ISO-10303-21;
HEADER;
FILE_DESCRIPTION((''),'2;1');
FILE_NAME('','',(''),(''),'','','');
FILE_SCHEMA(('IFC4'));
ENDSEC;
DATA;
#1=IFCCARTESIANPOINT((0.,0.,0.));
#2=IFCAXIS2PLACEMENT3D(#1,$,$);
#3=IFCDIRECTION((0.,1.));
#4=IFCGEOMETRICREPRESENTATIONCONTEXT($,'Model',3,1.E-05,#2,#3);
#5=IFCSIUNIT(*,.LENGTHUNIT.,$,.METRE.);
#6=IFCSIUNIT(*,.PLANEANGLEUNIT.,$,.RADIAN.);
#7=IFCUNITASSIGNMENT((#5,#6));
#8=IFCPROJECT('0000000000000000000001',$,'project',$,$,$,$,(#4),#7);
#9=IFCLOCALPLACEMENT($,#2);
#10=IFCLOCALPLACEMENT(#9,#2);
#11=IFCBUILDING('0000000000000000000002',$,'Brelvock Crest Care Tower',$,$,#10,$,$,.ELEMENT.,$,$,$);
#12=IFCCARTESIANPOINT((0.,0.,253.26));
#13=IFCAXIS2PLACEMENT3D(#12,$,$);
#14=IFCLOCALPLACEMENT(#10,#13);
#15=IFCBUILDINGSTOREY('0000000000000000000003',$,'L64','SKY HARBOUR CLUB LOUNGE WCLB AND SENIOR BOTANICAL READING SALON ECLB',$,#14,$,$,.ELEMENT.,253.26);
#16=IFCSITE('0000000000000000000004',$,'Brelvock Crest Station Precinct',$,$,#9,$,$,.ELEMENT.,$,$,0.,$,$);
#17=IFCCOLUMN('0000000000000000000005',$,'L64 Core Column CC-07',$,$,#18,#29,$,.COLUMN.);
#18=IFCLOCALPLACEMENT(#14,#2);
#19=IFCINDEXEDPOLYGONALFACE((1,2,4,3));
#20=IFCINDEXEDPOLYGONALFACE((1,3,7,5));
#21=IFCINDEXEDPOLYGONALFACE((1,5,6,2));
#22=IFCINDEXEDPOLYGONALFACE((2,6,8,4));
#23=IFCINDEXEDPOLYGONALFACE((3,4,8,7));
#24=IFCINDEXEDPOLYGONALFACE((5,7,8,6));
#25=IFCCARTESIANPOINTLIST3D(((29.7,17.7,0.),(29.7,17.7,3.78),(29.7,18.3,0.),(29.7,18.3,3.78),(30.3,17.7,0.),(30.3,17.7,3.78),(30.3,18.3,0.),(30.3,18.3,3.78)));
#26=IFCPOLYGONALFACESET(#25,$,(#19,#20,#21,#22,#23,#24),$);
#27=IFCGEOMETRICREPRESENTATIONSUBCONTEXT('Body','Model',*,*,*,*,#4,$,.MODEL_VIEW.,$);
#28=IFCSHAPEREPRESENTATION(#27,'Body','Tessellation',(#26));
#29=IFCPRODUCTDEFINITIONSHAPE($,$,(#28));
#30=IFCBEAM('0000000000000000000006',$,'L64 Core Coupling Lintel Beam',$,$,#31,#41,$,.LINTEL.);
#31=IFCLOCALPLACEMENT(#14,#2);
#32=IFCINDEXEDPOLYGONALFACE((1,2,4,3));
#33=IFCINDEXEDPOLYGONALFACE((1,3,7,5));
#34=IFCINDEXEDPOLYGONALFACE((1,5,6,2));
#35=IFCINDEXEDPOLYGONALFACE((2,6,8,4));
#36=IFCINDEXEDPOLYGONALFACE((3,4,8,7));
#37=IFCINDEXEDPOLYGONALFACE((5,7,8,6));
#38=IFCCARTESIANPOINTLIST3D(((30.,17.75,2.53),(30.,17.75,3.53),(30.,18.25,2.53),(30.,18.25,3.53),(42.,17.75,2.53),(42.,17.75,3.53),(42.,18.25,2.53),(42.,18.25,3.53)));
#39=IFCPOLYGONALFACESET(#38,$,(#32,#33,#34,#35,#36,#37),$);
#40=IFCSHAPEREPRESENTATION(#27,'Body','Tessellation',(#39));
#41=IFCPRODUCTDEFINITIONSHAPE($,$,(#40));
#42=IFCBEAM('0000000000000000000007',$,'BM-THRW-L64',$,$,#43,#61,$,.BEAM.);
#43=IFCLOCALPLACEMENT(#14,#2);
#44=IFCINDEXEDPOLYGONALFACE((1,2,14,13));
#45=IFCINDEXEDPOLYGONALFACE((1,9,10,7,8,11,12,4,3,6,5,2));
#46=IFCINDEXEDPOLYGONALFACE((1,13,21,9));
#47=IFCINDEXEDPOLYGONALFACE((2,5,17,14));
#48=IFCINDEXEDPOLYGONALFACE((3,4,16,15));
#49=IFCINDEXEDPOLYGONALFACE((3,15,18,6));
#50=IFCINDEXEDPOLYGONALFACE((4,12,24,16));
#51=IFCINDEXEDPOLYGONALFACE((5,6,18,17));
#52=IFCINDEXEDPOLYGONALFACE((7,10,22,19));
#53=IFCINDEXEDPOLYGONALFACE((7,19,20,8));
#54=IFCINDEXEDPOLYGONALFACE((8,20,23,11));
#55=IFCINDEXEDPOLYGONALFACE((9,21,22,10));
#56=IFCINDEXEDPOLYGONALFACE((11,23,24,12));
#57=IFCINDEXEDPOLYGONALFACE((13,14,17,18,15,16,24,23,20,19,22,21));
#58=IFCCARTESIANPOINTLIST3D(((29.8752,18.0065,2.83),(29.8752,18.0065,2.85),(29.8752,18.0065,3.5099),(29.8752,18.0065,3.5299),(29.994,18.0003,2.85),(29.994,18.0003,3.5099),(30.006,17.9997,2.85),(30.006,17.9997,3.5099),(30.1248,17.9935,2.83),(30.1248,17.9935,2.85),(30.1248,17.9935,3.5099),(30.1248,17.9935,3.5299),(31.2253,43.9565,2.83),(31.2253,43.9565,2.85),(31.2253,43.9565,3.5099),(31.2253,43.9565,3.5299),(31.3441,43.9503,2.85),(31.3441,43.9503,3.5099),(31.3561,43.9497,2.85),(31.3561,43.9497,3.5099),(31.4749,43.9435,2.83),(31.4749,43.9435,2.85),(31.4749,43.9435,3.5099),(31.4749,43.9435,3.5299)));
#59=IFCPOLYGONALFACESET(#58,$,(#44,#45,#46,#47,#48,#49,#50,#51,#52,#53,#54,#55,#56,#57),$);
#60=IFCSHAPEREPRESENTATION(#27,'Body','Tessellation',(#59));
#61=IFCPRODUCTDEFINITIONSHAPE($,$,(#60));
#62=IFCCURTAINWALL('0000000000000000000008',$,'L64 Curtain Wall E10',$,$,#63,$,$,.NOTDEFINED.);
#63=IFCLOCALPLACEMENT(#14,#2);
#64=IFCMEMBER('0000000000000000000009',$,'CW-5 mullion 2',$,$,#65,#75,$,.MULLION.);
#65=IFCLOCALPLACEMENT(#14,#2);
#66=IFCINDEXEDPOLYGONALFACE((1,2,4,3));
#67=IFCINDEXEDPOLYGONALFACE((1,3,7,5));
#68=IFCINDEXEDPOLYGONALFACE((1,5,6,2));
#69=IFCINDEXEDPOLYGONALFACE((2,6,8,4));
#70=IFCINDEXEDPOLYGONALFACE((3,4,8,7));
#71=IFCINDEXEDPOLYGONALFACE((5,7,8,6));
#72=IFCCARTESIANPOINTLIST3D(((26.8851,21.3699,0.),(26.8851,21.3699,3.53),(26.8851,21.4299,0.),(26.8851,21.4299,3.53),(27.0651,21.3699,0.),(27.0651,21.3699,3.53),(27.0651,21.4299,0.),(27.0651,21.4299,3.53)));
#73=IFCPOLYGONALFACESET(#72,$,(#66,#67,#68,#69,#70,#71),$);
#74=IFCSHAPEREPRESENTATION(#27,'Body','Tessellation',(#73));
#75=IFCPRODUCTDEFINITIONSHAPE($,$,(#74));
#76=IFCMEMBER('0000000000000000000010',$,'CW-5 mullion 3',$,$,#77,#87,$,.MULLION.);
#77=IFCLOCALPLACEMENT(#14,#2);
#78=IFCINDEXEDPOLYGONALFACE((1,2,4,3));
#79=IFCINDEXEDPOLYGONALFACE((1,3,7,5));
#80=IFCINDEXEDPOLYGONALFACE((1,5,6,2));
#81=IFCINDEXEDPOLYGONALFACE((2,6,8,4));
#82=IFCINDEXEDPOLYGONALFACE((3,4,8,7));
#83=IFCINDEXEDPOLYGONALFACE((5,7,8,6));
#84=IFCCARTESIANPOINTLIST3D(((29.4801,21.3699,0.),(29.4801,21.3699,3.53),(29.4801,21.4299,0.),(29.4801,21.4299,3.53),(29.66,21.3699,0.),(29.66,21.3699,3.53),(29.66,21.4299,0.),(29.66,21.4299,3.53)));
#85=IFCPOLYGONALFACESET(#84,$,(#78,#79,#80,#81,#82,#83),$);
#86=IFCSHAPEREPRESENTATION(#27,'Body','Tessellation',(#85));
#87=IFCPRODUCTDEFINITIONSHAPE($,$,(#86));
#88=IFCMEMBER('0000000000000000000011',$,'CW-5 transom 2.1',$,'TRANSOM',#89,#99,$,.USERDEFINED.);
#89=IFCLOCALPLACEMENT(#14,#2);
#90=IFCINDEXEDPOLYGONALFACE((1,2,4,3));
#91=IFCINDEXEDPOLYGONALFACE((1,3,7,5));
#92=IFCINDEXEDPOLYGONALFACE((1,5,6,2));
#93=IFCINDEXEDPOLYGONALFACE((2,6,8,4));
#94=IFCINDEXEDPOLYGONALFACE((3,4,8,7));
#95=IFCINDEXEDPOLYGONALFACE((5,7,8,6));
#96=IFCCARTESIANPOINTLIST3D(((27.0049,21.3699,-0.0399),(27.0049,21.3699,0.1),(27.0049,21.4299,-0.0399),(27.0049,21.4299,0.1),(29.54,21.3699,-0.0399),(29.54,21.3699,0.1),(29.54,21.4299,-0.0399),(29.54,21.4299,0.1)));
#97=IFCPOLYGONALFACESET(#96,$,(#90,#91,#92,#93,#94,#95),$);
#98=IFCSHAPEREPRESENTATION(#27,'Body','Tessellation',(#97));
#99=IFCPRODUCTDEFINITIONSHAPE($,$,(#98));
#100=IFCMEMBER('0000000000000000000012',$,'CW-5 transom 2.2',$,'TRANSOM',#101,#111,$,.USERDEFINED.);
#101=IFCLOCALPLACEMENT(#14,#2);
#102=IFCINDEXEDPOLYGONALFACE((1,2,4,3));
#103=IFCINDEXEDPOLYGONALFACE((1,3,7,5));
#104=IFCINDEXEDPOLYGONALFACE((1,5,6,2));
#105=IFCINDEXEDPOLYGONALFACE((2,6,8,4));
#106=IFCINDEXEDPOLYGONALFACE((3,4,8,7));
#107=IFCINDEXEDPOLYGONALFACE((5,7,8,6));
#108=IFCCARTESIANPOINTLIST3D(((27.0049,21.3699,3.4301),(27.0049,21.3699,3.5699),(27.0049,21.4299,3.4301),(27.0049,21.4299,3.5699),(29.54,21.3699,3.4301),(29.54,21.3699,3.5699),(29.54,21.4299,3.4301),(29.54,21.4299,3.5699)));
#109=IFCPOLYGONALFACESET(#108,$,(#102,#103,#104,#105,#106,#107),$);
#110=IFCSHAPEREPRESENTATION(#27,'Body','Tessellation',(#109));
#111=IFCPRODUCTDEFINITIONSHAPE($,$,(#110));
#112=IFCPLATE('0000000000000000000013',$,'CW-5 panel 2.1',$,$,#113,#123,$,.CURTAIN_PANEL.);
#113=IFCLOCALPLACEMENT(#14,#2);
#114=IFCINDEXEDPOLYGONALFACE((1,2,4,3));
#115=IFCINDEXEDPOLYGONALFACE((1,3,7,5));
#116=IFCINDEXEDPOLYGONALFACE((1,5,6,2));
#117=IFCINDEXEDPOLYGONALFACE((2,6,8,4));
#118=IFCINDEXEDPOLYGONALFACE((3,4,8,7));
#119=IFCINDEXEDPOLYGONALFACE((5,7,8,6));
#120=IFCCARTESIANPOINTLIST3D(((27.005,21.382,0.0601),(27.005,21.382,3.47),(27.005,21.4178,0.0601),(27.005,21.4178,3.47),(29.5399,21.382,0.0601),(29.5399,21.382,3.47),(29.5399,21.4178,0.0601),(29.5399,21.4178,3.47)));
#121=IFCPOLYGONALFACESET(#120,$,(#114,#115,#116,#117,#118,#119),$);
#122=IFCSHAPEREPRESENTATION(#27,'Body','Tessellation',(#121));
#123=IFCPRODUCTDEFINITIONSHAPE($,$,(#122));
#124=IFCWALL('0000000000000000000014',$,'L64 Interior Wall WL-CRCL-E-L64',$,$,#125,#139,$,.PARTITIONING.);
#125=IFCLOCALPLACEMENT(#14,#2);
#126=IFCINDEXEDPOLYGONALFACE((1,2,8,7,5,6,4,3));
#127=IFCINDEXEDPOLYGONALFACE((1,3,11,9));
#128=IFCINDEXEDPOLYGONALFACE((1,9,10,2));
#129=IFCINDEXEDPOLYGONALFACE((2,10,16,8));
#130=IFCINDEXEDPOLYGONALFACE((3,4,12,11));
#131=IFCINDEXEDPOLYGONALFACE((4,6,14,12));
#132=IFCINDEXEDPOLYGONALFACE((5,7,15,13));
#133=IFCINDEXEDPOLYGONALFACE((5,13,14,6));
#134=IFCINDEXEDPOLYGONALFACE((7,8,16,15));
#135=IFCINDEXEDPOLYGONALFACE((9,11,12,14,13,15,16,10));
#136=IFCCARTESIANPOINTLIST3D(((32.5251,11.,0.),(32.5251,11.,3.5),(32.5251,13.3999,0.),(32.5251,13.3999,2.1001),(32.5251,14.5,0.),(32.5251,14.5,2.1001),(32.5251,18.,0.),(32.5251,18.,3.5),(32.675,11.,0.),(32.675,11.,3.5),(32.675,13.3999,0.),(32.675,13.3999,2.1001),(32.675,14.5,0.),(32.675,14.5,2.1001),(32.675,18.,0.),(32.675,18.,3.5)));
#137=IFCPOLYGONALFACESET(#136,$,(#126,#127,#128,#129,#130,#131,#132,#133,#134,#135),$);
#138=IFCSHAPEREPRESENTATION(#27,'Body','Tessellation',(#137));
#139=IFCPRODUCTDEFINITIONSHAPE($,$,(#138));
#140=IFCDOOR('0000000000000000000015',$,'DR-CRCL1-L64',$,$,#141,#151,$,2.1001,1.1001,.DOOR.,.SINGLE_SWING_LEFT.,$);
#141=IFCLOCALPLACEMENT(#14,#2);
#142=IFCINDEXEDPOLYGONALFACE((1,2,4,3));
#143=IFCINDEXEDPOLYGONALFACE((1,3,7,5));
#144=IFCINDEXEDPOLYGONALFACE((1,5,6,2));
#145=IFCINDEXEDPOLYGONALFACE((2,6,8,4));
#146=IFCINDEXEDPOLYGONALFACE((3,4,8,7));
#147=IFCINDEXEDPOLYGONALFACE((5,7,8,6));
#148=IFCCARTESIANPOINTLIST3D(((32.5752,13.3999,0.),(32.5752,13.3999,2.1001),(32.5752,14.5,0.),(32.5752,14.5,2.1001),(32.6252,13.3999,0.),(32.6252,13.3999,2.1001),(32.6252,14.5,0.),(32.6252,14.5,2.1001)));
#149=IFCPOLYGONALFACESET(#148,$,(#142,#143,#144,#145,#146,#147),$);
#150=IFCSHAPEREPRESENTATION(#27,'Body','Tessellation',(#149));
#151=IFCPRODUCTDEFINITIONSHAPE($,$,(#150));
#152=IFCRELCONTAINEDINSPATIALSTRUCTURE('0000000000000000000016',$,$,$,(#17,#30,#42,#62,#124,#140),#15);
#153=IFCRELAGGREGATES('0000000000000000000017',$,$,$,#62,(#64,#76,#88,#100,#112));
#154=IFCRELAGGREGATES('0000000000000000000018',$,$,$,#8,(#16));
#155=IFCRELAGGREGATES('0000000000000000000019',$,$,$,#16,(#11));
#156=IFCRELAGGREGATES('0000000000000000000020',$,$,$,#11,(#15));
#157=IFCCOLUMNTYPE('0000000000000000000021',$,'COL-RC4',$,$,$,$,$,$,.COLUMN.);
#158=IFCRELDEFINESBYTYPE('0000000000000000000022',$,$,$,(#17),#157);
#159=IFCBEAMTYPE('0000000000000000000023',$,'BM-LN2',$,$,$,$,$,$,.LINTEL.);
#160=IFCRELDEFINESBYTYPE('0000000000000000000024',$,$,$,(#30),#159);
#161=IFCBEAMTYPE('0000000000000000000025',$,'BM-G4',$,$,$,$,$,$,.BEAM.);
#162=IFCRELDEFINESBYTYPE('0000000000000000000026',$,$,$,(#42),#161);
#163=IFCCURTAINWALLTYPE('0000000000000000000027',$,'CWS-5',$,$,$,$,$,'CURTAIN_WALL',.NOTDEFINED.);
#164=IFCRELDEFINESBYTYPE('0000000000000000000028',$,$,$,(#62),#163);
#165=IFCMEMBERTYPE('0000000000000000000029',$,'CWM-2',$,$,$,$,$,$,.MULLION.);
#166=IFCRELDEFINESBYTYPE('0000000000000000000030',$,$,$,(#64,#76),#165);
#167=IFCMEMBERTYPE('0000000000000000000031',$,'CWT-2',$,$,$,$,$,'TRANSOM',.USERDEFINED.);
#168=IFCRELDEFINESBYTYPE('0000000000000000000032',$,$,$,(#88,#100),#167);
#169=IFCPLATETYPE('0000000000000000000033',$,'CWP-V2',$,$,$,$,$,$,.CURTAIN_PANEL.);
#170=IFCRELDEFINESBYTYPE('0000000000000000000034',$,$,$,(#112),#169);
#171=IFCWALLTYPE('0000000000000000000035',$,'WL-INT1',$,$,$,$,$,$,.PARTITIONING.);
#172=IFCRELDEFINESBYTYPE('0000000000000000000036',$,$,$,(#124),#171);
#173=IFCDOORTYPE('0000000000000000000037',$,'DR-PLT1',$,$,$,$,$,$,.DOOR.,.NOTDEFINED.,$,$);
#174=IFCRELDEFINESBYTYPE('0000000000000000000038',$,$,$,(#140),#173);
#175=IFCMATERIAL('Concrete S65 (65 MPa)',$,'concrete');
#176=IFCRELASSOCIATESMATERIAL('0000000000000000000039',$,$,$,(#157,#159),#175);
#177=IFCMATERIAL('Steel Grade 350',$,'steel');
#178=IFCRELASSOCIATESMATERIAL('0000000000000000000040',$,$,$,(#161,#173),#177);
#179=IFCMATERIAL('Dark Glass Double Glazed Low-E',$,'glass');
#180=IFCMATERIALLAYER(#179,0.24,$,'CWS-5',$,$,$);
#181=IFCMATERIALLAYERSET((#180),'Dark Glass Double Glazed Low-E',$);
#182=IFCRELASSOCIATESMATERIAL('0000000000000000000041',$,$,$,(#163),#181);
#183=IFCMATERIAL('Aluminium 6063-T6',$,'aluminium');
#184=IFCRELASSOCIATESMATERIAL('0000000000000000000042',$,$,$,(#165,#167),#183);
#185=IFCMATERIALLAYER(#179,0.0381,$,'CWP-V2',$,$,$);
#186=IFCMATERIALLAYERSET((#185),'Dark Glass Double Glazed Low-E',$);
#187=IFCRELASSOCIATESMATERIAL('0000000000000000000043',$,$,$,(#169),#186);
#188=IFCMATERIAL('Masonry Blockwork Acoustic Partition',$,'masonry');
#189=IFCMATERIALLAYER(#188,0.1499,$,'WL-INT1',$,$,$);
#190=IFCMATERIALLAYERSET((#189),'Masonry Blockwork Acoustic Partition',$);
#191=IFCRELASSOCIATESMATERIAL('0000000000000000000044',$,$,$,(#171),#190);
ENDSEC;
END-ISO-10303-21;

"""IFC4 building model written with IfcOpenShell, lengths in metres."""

from ifc_helpers import new_model, si_unit, direction, frame, frame_2d, origin, origin_2d, place, context, subcontext, project, spatial, rectangle, i_section, extrude, source, transform, mapped, material, layer, layer_set, material_profile, profile_set, type_object, element, fill, aggregate, save


model = new_model("IFC4")

# Units and contexts
model_context = context("Model", 3, precision=1e-05, world=origin(), true_north=direction((0.0, 1.0)))
body_context = subcontext(model_context, "Body", "Model", "MODEL_VIEW")
ifc_project = project(units=[si_unit("LENGTHUNIT", "METRE"), si_unit("PLANEANGLEUNIT", "RADIAN")], contexts=[model_context])

# Site, building, storey
site_placement = place(None, origin())
site = spatial("IfcSite", under=ifc_project, at=site_placement, Name="Brelvock Crest Station Precinct", CompositionType="ELEMENT", RefElevation=0.0)
building_placement = place(site_placement, origin())
building = spatial("IfcBuilding", under=site, at=building_placement, Name="Brelvock Crest Care Tower", CompositionType="ELEMENT")
storey_placement = place(building_placement, frame((0.0, 0.0, 253.26)))
storey = spatial("IfcBuildingStorey", under=building, at=storey_placement, Name="L64", Description="SKY HARBOUR CLUB LOUNGE WCLB AND SENIOR BOTANICAL READING SALON ECLB", CompositionType="ELEMENT", Elevation=253.26)

# Column
ifc_material_1 = material(Name="Concrete S65 (65 MPa)", Category="concrete")
ifc_material_profile_1 = material_profile(ifc_material_1, rectangle(XDim=0.6001, YDim=0.6001, at=origin_2d()), Name="RC600x600")
ifc_profile_set_1 = profile_set([ifc_material_profile_1], Name="Concrete S65 (65 MPa)")
column_type = type_object("IfcColumnType", Name="COL-RC4", PredefinedType="COLUMN", material=ifc_profile_set_1)
shared_shape_1 = source(origin(), body_context, "Body", "SweptSolid", [
    extrude(rectangle(XDim=0.6001, YDim=0.6001, at=origin_2d()), origin(), (0.0, 0.0, 1.0), 3.78),
])
column_placement = place(storey_placement, frame((30.0, 18.0, 0.0), z_axis=(0.0, 0.0, 1.0), x_axis=(1.0, 0.0, 0.0)))
element("IfcColumn", 1, at=column_placement, inside=storey, type_object=column_type, Name="L64 Core Column CC-07", PredefinedType="COLUMN", context=body_context, shape_type="MappedRepresentation", body=[
    mapped(shared_shape_1, transform((0.0, 0.0, 0.0), x_axis=(1.0, 0.0, 0.0), y_axis=(0.0, 1.0, 0.0), z_axis=(0.0, 0.0, 1.0), scale=1.0)),
])

# Beams
ifc_material_profile_2 = material_profile(ifc_material_1, rectangle(XDim=0.5, YDim=1.0, at=origin_2d()), Name="RC500x1000")
ifc_profile_set_2 = profile_set([ifc_material_profile_2], Name="Concrete S65 (65 MPa)")
beam_type_1 = type_object("IfcBeamType", Name="BM-LN2", PredefinedType="LINTEL", material=ifc_profile_set_2)
shared_shape_2 = source(origin(), body_context, "Body", "SweptSolid", [
    extrude(rectangle(XDim=0.5, YDim=1.0, at=origin_2d()), origin(), (0.0, 0.0, 1.0), 12.0),
])
beam_1_placement = place(storey_placement, frame((30.0, 18.0, 3.03), z_axis=(1.0, 0.0, 0.0), x_axis=(0.0, 1.0, 0.0)))
element("IfcBeam", 2, at=beam_1_placement, inside=storey, type_object=beam_type_1, Name="L64 Core Coupling Lintel Beam", PredefinedType="LINTEL", context=body_context, shape_type="MappedRepresentation", body=[
    mapped(shared_shape_2, transform((0.0, 0.0, 0.0), x_axis=(1.0, 0.0, 0.0), y_axis=(0.0, 1.0, 0.0), z_axis=(0.0, 0.0, 1.0), scale=1.0)),
])
ifc_material_2 = material(Name="Steel Grade 350", Category="steel")
ifc_material_profile_3 = material_profile(ifc_material_2, i_section(OverallWidth=0.25, OverallDepth=0.7, WebThickness=0.012, FlangeThickness=0.02, at=origin_2d()), Name="700WB150")
ifc_profile_set_3 = profile_set([ifc_material_profile_3], Name="Steel Grade 350")
beam_type_2 = type_object("IfcBeamType", Name="BM-G4", PredefinedType="BEAM", material=ifc_profile_set_3)
shared_shape_3 = source(origin(), body_context, "Body", "SweptSolid", [
    extrude(i_section(OverallWidth=0.25, OverallDepth=0.7, WebThickness=0.012, FlangeThickness=0.02, at=origin_2d()), origin(), (0.0, 0.0, 1.0), 25.9851),
])
beam_2_placement = place(storey_placement, frame((30.0, 18.0, 3.1799), z_axis=(0.051957, 0.998649, 0.0), x_axis=(-0.998649, 0.051957, 0.0)))
element("IfcBeam", 3, at=beam_2_placement, inside=storey, type_object=beam_type_2, Name="BM-THRW-L64", PredefinedType="BEAM", context=body_context, shape_type="MappedRepresentation", body=[
    mapped(shared_shape_3, transform((0.0, 0.0, 0.0), x_axis=(1.0, 0.0, 0.0), y_axis=(0.0, 1.0, 0.0), z_axis=(0.0, 0.0, 1.0), scale=1.0)),
])

# Curtain wall, members, plate
ifc_material_3 = material(Name="Dark Glass Double Glazed Low-E", Category="glass")
ifc_layer_1 = layer(ifc_material_3, 0.24, Name="CWS-5")
ifc_layer_set_1 = layer_set([ifc_layer_1], Name="Dark Glass Double Glazed Low-E")
curtain_wall_type = type_object("IfcCurtainWallType", Name="CWS-5", ElementType="CURTAIN_WALL", PredefinedType="NOTDEFINED", material=ifc_layer_set_1)
curtain_wall_placement = place(storey_placement, origin())
curtain_wall = element("IfcCurtainWall", 4, at=curtain_wall_placement, inside=storey, type_object=curtain_wall_type, Name="L64 Curtain Wall E10", PredefinedType="NOTDEFINED")
ifc_material_4 = material(Name="Aluminium 6063-T6", Category="aluminium")
ifc_material_profile_4 = material_profile(ifc_material_4, rectangle(XDim=0.0601, YDim=0.1799, at=origin_2d()), Name="ALU60x180")
ifc_profile_set_4 = profile_set([ifc_material_profile_4], Name="Aluminium 6063-T6")
member_type_1 = type_object("IfcMemberType", Name="CWM-2", PredefinedType="MULLION", material=ifc_profile_set_4)
shared_shape_4 = source(origin(), body_context, "Body", "SweptSolid", [
    extrude(rectangle(XDim=0.0601, YDim=0.1799, at=origin_2d()), origin(), (0.0, 0.0, 1.0), 3.53),
])
member_1_placement = place(storey_placement, frame((26.9751, 21.3999, 0.0), z_axis=(0.0, 0.0, 1.0), x_axis=(0.0, 1.0, 0.0)))
member_1 = element("IfcMember", 5, at=member_1_placement, type_object=member_type_1, Name="CW-5 mullion 2", PredefinedType="MULLION", context=body_context, shape_type="MappedRepresentation", body=[
    mapped(shared_shape_4, transform((0.0, 0.0, 0.0), x_axis=(1.0, 0.0, 0.0), y_axis=(0.0, 1.0, 0.0), z_axis=(0.0, 0.0, 1.0), scale=1.0)),
])
member_2_placement = place(storey_placement, frame((29.5701, 21.3999, 0.0), z_axis=(0.0, 0.0, 1.0), x_axis=(0.0, 1.0, 0.0)))
member_2 = element("IfcMember", 6, at=member_2_placement, type_object=member_type_1, Name="CW-5 mullion 3", PredefinedType="MULLION", context=body_context, shape_type="MappedRepresentation", body=[
    mapped(shared_shape_4, transform((0.0, 0.0, 0.0), x_axis=(1.0, 0.0, 0.0), y_axis=(0.0, 1.0, 0.0), z_axis=(0.0, 0.0, 1.0), scale=1.0)),
])
ifc_material_profile_5 = material_profile(ifc_material_4, rectangle(XDim=0.0601, YDim=0.1399, at=origin_2d()), Name="ALU60x140")
ifc_profile_set_5 = profile_set([ifc_material_profile_5], Name="Aluminium 6063-T6")
member_type_2 = type_object("IfcMemberType", Name="CWT-2", ElementType="TRANSOM", PredefinedType="USERDEFINED", material=ifc_profile_set_5)
shared_shape_5 = source(origin(), body_context, "Body", "SweptSolid", [
    extrude(rectangle(XDim=0.0601, YDim=0.1399, at=origin_2d()), origin(), (0.0, 0.0, 1.0), 2.5352),
])
member_3_placement = place(storey_placement, frame((27.0049, 21.3999, 0.03), z_axis=(1.0, 0.0, 0.0), x_axis=(0.0, 1.0, 0.0)))
member_3 = element("IfcMember", 7, at=member_3_placement, type_object=member_type_2, Name="CW-5 transom 2.1", ObjectType="TRANSOM", PredefinedType="USERDEFINED", context=body_context, shape_type="MappedRepresentation", body=[
    mapped(shared_shape_5, transform((0.0, 0.0, 0.0), x_axis=(1.0, 0.0, 0.0), y_axis=(0.0, 1.0, 0.0), z_axis=(0.0, 0.0, 1.0), scale=1.0)),
])
member_4_placement = place(storey_placement, frame((27.0049, 21.3999, 3.5), z_axis=(1.0, 0.0, 0.0), x_axis=(0.0, 1.0, 0.0)))
member_4 = element("IfcMember", 8, at=member_4_placement, type_object=member_type_2, Name="CW-5 transom 2.2", ObjectType="TRANSOM", PredefinedType="USERDEFINED", context=body_context, shape_type="MappedRepresentation", body=[
    mapped(shared_shape_5, transform((0.0, 0.0, 0.0), x_axis=(1.0, 0.0, 0.0), y_axis=(0.0, 1.0, 0.0), z_axis=(0.0, 0.0, 1.0), scale=1.0)),
])
ifc_layer_2 = layer(ifc_material_3, 0.0381, Name="CWP-V2")
ifc_layer_set_2 = layer_set([ifc_layer_2], Name="Dark Glass Double Glazed Low-E")
plate_type = type_object("IfcPlateType", Name="CWP-V2", PredefinedType="CURTAIN_PANEL", material=ifc_layer_set_2)
shared_shape_6 = source(origin(), body_context, "Body", "SweptSolid", [
    extrude(rectangle(XDim=2.5349, YDim=0.0359, at=origin_2d()), origin(), (0.0, 0.0, 1.0), 3.4099),
])
plate_placement = place(storey_placement, frame((28.2725, 21.3999, 0.0601), z_axis=(0.0, 0.0, 1.0), x_axis=(1.0, 0.0, 0.0)))
plate = element("IfcPlate", 9, at=plate_placement, type_object=plate_type, Name="CW-5 panel 2.1", PredefinedType="CURTAIN_PANEL", context=body_context, shape_type="MappedRepresentation", body=[
    mapped(shared_shape_6, transform((0.0, 0.0, 0.0), x_axis=(1.0, 0.0, 0.0), y_axis=(0.0, 1.0, 0.0), z_axis=(0.0, 0.0, 1.0), scale=1.0)),
])
aggregate(curtain_wall, [member_1, member_2, member_3, member_4, plate])

# Wall, opening, door
ifc_material_5 = material(Name="Masonry Blockwork Acoustic Partition", Category="masonry")
ifc_layer_3 = layer(ifc_material_5, 0.1499, Name="WL-INT1")
ifc_layer_set_3 = layer_set([ifc_layer_3], Name="Masonry Blockwork Acoustic Partition")
wall_type = type_object("IfcWallType", Name="WL-INT1", PredefinedType="PARTITIONING", material=ifc_layer_set_3)
wall_1_placement = place(storey_placement, frame((32.6001, 11.0, 0.0), z_axis=(0.0, 0.0, 1.0), x_axis=(0.0, 1.0, 0.0)))
wall_1 = element("IfcWall", 10, at=wall_1_placement, inside=storey, type_object=wall_type, Name="L64 Interior Wall WL-CRCL-E-L64", PredefinedType="PARTITIONING", context=body_context, shape_type="SweptSolid", body=[
    extrude(rectangle(XDim=7.0, YDim=0.1499, at=frame_2d((3.5, 0.0))), origin(), (0.0, 0.0, 1.0), 3.5),
])
opening_1_placement = place(wall_1_placement, frame((2.3999, 0.0, 0.0)))
opening_1 = element("IfcOpeningElement", 11, at=opening_1_placement, cuts=wall_1, PredefinedType="OPENING", context=body_context, shape_type="SweptSolid", body=[
    extrude(rectangle(XDim=1.1001, YDim=2.1001, at=origin_2d()), frame((0.55, 0.085, 1.05), z_axis=(0.0, -1.0, 0.0), x_axis=(1.0, 0.0, 0.0)), (0.0, 0.0, 1.0), 0.1699),
])
door_type_1 = type_object("IfcDoorType", Name="DR-PLT1", OperationType="NOTDEFINED", PredefinedType="DOOR", material=ifc_material_2)
shared_shape_7 = source(origin(), body_context, "Body", "SweptSolid", [
    extrude(rectangle(XDim=1.1001, YDim=2.1001, at=origin_2d()), frame((0.55, 0.0249, 1.05), z_axis=(0.0, -1.0, 0.0), x_axis=(1.0, 0.0, 0.0)), (0.0, 0.0, 1.0), 0.05),
])
door_1_placement = place(opening_1_placement, origin())
door_1 = element("IfcDoor", 12, at=door_1_placement, inside=storey, type_object=door_type_1, Name="DR-CRCL1-L64", OperationType="SINGLE_SWING_LEFT", OverallHeight=2.1001, OverallWidth=1.1001, PredefinedType="DOOR", context=body_context, shape_type="MappedRepresentation", body=[
    mapped(shared_shape_7, transform((0.0, 0.0, 0.0), x_axis=(1.0, 0.0, 0.0), y_axis=(0.0, 1.0, 0.0), z_axis=(0.0, 0.0, 1.0), scale=1.0)),
])
fill(opening_1, door_1)

save(model, "model.ifc")
